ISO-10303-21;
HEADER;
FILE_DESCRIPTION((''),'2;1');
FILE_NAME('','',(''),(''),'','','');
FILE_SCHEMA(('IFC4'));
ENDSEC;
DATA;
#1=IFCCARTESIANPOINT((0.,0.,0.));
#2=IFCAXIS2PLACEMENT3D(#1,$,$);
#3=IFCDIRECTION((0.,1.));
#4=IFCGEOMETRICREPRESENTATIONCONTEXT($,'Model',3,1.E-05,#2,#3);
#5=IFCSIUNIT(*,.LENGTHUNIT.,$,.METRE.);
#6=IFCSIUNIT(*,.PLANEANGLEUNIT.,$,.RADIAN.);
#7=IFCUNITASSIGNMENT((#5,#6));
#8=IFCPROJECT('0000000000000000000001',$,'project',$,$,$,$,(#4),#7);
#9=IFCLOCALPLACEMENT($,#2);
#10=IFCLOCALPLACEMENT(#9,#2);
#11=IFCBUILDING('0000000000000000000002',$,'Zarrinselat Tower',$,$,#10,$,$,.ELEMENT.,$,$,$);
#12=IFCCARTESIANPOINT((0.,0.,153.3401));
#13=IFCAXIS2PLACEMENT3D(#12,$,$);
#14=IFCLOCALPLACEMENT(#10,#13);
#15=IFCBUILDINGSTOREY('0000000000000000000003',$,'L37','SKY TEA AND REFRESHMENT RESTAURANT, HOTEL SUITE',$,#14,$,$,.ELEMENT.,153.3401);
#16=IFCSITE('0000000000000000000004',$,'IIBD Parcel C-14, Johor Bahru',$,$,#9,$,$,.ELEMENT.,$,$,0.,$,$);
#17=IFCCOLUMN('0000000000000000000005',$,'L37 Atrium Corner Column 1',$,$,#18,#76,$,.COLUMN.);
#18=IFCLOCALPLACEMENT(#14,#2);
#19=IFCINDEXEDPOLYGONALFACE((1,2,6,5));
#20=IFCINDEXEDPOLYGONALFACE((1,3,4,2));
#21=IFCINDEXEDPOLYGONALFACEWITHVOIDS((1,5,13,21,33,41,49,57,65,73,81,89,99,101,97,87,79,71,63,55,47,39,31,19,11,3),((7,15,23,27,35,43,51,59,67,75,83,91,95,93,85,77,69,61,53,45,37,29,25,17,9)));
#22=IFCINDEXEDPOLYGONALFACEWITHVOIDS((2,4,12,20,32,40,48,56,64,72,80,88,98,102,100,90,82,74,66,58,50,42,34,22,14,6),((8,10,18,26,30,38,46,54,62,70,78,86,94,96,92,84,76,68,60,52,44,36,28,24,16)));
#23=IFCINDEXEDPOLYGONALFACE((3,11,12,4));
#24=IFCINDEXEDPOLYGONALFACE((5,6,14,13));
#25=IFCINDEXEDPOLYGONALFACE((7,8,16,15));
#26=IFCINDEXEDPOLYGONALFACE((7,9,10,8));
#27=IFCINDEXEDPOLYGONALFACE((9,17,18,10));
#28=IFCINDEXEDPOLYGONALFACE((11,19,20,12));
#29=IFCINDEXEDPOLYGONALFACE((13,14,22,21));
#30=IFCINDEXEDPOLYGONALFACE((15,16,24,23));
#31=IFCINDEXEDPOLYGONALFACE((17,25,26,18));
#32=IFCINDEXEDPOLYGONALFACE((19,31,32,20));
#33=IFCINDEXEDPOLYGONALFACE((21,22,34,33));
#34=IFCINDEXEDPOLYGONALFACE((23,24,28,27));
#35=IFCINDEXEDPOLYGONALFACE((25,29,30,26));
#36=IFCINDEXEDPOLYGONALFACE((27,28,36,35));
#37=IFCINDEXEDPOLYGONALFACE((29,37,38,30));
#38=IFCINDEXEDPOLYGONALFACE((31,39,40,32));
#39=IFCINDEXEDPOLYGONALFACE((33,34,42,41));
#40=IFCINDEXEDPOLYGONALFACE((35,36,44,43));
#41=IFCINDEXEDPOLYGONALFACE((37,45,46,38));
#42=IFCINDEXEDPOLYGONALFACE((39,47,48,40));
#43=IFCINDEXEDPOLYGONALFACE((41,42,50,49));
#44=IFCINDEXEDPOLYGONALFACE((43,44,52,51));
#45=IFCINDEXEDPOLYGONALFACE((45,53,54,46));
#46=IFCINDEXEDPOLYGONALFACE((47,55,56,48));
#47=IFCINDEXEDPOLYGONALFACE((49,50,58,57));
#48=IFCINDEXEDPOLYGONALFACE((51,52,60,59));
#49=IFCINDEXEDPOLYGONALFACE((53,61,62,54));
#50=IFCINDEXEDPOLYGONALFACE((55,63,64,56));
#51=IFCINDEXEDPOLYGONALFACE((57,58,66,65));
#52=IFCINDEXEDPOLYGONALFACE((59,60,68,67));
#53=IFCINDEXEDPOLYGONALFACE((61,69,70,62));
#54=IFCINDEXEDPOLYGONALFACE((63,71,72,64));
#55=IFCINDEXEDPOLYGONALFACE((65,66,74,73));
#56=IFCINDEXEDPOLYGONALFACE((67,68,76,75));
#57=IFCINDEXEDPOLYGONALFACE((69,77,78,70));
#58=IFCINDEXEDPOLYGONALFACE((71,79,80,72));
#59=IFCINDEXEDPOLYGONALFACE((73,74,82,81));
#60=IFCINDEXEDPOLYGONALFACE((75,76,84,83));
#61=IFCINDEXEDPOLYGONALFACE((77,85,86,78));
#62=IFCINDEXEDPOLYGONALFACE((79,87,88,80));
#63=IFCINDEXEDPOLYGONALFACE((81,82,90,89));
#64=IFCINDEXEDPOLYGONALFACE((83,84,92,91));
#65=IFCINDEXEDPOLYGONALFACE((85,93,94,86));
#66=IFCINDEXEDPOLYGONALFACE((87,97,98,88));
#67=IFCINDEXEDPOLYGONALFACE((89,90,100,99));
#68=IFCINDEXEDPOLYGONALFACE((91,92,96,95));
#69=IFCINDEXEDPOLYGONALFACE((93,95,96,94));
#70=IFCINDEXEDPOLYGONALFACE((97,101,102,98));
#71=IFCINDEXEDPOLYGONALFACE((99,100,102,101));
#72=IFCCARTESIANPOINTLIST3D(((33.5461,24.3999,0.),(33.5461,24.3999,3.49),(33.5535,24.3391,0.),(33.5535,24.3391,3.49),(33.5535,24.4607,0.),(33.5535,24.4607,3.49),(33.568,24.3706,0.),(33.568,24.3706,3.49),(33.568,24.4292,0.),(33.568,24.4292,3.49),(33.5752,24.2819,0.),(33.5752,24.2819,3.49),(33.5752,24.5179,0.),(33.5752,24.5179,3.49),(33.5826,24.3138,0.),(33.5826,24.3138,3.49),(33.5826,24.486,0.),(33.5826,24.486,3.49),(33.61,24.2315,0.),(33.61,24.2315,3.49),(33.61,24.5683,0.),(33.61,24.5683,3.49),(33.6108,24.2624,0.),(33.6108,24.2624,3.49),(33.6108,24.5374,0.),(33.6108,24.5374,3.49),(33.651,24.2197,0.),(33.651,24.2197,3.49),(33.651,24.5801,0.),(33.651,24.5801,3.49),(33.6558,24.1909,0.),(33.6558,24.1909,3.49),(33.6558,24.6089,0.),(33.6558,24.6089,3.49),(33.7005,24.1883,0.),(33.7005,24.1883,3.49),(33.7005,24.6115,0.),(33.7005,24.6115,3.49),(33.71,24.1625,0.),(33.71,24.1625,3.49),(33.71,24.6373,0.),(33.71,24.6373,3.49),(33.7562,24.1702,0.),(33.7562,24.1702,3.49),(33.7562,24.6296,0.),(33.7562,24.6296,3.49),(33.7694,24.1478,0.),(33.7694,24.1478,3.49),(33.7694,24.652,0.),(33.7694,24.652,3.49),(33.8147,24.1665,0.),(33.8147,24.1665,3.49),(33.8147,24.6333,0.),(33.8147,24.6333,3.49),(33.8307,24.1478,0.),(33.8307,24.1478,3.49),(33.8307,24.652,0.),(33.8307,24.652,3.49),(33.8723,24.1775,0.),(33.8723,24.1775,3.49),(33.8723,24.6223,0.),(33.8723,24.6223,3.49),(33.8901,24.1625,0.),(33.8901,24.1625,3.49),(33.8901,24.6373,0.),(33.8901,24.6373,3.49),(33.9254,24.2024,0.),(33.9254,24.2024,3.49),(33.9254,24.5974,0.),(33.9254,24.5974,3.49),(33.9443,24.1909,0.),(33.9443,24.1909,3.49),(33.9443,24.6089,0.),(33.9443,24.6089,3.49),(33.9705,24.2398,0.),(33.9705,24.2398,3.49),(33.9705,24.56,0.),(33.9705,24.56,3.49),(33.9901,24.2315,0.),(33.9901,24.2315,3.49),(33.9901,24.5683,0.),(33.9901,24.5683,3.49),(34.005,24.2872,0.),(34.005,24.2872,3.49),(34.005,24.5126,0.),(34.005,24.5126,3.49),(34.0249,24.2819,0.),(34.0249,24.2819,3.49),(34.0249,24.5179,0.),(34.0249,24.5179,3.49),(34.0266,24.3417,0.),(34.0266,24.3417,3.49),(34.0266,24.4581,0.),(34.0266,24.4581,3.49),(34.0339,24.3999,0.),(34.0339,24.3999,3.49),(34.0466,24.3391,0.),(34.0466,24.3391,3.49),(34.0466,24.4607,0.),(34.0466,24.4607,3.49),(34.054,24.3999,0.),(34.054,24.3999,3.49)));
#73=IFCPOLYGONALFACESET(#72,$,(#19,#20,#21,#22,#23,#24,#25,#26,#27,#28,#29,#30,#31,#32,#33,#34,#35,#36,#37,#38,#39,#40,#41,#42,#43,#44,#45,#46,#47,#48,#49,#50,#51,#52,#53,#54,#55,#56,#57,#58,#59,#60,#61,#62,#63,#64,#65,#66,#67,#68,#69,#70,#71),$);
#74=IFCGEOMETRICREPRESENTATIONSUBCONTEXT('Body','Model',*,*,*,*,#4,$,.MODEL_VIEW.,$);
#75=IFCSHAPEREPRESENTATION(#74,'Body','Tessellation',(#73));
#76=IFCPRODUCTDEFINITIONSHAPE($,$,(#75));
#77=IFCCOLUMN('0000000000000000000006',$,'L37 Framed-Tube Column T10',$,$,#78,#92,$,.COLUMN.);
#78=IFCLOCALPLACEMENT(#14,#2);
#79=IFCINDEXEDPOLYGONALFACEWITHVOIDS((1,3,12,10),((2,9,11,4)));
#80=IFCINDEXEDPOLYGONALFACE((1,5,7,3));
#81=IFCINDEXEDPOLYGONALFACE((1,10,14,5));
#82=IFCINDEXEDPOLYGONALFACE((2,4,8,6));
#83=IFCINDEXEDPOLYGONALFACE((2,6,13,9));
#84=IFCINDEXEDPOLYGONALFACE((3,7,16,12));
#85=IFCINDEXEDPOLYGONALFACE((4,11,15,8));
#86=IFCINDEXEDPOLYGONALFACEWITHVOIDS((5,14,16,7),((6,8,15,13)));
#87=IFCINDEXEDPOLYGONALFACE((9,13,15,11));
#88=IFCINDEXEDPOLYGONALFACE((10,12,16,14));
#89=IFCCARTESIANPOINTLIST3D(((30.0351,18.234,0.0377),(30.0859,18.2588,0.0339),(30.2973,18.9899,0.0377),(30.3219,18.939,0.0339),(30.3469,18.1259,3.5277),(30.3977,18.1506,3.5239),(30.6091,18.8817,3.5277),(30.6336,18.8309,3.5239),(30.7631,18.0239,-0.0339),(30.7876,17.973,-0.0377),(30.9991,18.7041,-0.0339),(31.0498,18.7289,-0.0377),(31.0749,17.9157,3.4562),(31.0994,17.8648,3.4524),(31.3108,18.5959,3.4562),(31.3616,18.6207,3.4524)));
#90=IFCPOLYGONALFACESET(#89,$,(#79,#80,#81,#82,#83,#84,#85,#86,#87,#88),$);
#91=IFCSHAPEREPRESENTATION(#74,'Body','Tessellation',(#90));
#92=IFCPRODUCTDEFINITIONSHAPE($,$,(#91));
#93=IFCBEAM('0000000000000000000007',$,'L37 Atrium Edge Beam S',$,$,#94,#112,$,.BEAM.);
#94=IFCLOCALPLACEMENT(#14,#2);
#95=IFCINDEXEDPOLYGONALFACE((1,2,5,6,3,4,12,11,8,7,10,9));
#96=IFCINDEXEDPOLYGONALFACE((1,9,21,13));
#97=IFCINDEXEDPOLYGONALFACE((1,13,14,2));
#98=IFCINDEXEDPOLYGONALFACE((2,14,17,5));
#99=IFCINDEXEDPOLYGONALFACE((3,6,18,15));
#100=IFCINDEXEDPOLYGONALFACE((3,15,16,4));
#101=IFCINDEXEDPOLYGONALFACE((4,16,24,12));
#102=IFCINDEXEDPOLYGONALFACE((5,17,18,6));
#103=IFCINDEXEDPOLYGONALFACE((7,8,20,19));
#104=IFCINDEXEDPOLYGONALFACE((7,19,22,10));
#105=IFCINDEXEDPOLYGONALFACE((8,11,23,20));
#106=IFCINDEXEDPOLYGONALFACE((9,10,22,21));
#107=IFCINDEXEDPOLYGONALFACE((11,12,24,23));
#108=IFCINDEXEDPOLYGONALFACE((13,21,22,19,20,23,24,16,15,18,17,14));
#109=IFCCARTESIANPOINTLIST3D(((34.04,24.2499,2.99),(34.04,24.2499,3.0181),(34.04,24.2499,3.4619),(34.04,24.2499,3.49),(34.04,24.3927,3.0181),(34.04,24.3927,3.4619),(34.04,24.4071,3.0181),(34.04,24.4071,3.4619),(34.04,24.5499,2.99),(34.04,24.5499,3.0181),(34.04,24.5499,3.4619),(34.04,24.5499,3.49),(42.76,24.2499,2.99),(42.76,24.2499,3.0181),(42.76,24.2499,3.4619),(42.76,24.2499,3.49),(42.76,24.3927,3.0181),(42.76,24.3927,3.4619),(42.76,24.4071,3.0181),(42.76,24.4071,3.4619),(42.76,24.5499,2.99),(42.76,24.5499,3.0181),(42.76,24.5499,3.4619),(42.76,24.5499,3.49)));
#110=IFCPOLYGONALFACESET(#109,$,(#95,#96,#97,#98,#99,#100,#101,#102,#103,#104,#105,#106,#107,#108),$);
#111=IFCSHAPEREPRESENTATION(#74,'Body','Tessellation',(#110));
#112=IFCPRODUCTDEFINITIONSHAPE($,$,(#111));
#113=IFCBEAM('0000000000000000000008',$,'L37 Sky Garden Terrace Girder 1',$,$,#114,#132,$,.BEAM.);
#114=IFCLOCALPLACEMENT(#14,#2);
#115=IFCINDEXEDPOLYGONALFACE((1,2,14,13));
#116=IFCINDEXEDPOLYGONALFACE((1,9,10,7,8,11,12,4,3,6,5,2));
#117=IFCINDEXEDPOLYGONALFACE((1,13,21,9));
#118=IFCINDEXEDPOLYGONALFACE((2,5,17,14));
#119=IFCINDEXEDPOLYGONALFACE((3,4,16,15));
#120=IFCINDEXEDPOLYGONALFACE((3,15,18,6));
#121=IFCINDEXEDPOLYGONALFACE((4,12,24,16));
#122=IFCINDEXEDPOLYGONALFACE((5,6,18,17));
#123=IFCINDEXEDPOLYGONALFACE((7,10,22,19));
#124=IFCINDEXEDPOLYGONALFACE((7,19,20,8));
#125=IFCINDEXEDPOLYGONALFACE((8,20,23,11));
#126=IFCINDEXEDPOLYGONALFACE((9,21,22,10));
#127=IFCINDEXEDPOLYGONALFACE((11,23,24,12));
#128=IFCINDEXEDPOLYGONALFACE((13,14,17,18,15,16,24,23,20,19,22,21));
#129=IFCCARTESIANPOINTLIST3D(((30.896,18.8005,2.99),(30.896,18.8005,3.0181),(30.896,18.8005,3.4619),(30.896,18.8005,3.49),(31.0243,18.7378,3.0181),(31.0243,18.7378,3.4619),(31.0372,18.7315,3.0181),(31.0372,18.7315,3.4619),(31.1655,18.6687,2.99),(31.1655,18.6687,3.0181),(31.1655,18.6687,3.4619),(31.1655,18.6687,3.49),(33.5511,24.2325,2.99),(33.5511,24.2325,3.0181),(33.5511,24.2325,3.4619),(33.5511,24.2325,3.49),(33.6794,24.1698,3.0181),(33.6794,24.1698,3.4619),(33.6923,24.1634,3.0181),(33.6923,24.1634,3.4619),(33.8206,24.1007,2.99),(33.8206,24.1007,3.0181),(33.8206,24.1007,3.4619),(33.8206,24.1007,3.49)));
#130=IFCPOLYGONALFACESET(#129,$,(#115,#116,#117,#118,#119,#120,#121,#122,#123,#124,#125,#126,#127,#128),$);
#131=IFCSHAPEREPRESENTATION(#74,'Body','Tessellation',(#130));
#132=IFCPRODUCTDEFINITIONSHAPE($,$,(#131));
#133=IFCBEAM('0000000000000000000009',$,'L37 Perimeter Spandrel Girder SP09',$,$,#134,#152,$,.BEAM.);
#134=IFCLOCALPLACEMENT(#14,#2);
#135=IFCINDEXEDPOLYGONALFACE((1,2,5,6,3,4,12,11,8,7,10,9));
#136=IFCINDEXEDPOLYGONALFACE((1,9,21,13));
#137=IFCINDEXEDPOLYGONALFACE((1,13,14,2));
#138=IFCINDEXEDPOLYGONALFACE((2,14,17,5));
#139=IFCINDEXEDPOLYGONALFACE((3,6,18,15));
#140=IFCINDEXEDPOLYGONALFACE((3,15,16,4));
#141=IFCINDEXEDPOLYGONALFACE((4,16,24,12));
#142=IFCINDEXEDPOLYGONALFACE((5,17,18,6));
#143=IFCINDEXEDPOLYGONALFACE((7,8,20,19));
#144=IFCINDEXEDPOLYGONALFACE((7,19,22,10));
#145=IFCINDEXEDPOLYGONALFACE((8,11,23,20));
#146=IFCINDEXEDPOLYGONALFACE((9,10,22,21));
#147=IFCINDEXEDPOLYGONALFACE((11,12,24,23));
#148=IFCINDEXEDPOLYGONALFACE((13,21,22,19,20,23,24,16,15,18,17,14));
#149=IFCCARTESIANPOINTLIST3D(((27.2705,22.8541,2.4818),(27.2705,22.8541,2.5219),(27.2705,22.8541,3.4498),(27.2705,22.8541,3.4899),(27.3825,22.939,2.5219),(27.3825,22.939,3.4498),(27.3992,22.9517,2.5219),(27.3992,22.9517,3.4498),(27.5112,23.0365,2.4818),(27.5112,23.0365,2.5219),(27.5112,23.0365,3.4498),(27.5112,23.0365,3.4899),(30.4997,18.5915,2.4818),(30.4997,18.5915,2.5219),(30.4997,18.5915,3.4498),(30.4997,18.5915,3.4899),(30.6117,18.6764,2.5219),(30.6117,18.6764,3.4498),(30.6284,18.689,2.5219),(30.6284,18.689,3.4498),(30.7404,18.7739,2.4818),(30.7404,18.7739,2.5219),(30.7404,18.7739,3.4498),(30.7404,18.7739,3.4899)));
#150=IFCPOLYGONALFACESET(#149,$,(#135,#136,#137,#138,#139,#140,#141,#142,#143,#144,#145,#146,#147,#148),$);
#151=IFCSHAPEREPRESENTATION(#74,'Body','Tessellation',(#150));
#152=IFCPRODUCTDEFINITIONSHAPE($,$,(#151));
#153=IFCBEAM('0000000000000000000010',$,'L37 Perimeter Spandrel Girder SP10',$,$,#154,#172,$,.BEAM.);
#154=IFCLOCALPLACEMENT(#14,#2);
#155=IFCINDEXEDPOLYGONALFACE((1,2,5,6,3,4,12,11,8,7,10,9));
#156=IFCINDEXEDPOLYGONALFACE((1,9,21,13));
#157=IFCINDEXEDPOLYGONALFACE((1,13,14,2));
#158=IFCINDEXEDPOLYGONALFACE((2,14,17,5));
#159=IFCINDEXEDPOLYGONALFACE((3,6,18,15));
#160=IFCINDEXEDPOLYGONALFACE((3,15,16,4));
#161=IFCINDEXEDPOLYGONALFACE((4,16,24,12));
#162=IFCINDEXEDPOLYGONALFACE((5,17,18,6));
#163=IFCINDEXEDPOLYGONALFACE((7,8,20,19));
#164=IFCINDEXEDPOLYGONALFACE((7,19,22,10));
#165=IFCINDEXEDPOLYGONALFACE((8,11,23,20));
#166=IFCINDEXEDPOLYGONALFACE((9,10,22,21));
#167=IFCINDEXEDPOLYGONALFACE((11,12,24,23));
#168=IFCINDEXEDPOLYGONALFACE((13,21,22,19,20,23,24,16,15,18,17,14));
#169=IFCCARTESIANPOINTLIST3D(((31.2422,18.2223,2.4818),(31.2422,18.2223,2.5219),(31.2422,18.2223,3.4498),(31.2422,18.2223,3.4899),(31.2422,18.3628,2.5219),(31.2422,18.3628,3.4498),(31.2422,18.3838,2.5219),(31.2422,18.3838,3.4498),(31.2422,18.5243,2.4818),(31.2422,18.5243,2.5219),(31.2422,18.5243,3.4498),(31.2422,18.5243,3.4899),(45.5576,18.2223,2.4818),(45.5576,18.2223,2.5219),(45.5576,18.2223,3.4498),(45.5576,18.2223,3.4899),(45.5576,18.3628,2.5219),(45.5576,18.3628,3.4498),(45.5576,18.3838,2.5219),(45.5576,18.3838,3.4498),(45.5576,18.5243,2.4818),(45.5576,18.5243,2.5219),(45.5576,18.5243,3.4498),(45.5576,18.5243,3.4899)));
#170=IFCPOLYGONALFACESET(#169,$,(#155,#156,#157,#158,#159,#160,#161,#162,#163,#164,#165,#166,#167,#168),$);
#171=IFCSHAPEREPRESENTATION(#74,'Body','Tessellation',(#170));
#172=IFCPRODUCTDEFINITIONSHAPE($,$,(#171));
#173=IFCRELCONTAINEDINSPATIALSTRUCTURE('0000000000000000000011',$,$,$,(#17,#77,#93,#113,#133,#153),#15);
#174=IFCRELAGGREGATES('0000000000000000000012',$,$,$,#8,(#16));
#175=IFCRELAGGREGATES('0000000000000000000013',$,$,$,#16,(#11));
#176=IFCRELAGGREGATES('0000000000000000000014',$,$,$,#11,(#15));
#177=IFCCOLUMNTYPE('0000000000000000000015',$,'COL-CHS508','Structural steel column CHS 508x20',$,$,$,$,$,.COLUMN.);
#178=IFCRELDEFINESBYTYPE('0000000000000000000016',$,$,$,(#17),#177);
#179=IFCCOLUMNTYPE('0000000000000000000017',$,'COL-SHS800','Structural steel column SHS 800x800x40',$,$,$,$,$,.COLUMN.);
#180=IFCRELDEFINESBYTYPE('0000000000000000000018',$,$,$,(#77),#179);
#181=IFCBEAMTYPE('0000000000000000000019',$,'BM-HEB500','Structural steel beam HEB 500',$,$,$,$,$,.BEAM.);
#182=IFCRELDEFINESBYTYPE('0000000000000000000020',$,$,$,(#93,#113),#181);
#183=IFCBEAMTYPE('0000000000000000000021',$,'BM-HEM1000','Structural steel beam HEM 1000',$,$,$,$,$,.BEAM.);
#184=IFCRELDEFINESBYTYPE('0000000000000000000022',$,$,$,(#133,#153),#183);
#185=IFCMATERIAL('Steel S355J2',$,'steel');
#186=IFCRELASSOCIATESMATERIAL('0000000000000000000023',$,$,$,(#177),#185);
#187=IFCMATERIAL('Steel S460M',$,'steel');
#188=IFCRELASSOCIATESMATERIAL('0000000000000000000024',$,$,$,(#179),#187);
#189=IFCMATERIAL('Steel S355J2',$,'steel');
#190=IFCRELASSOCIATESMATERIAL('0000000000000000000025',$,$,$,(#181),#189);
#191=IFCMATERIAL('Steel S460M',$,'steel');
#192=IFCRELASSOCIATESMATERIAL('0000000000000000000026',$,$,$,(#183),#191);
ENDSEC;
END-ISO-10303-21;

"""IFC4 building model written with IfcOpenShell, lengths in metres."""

from ifc_helpers import new_model, si_unit, direction, frame, origin, origin_2d, place, context, subcontext, project, spatial, hollow_rectangle, hollow_circle, i_section, extrude, material, material_profile, profile_set, type_object, element, save


model = new_model("IFC4")

# Units and contexts
model_context = context("Model", 3, precision=1e-05, world=origin(), true_north=direction((0.0, 1.0)))
body_context = subcontext(model_context, "Body", "Model", "MODEL_VIEW")
ifc_project = project(units=[si_unit("LENGTHUNIT", "METRE"), si_unit("PLANEANGLEUNIT", "RADIAN")], contexts=[model_context])

# Site, building, storey
site_placement = place(None, origin())
site = spatial("IfcSite", under=ifc_project, at=site_placement, Name="IIBD Parcel C-14, Johor Bahru", CompositionType="ELEMENT", RefElevation=0.0)
building_placement = place(site_placement, origin())
building = spatial("IfcBuilding", under=site, at=building_placement, Name="Zarrinselat Tower", CompositionType="ELEMENT")
storey_placement = place(building_placement, frame((0.0, 0.0, 153.3401)))
storey = spatial("IfcBuildingStorey", under=building, at=storey_placement, Name="L37", Description="SKY TEA AND REFRESHMENT RESTAURANT, HOTEL SUITE", CompositionType="ELEMENT", Elevation=153.3401)

# Columns
ifc_material_1 = material(Name="Steel S355J2", Category="steel")
ifc_material_profile_1 = material_profile(ifc_material_1, hollow_circle(Radius=0.2539, WallThickness=0.02, at=origin_2d()), Name="CHS 508x20")
ifc_profile_set_1 = profile_set([ifc_material_profile_1], Name="Steel S355J2")
column_type_1 = type_object("IfcColumnType", Name="COL-CHS508", Description="Structural steel column CHS 508x20", PredefinedType="COLUMN", material=ifc_profile_set_1)
column_1_placement = place(storey_placement, frame((33.8, 24.3999, 0.0), z_axis=(0.0, 0.0, 1.0), x_axis=(1.0, 0.0, 0.0)))
element("IfcColumn", 1, at=column_1_placement, inside=storey, type_object=column_type_1, Name="L37 Atrium Corner Column 1", PredefinedType="COLUMN", context=body_context, shape_type="SweptSolid", body=[
    extrude(hollow_circle(Radius=0.2539, WallThickness=0.02, at=origin_2d()), origin(), (0.0, 0.0, 1.0), 3.49),
])
ifc_material_2 = material(Name="Steel S460M", Category="steel")
ifc_material_profile_2 = material_profile(ifc_material_2, hollow_rectangle(XDim=0.8, YDim=0.8, WallThickness=0.04, at=origin_2d()), Name="SHS 800x800x40")
ifc_profile_set_2 = profile_set([ifc_material_profile_2], Name="Steel S460M")
column_type_2 = type_object("IfcColumnType", Name="COL-SHS800", Description="Structural steel column SHS 800x800x40", PredefinedType="COLUMN", material=ifc_profile_set_2)
column_2_placement = place(storey_placement, frame((30.5425, 18.4814, 0.0), z_axis=(0.088935, -0.030852, 0.995559), x_axis=(0.327746, 0.944766, 0.0)))
element("IfcColumn", 2, at=column_2_placement, inside=storey, type_object=column_type_2, Name="L37 Framed-Tube Column T10", PredefinedType="COLUMN", context=body_context, shape_type="SweptSolid", body=[
    extrude(hollow_rectangle(XDim=0.8, YDim=0.8, WallThickness=0.04, at=origin_2d()), origin(), (0.0, 0.0, 1.0), 3.5056),
])

# Beams
ifc_material_3 = material(Name="Steel S355J2", Category="steel")
ifc_material_profile_3 = material_profile(ifc_material_3, i_section(OverallWidth=0.3, OverallDepth=0.5, WebThickness=0.0144, FlangeThickness=0.0281, at=origin_2d()), Name="HEB 500")
ifc_profile_set_3 = profile_set([ifc_material_profile_3], Name="Steel S355J2")
beam_type_1 = type_object("IfcBeamType", Name="BM-HEB500", Description="Structural steel beam HEB 500", PredefinedType="BEAM", material=ifc_profile_set_3)
beam_1_placement = place(storey_placement, frame((34.04, 24.3999, 3.24), z_axis=(1.0, 0.0, 0.0), x_axis=(0.0, 1.0, 0.0)))
element("IfcBeam", 3, at=beam_1_placement, inside=storey, type_object=beam_type_1, Name="L37 Atrium Edge Beam S", PredefinedType="BEAM", context=body_context, shape_type="SweptSolid", body=[
    extrude(i_section(OverallWidth=0.3, OverallDepth=0.5, WebThickness=0.0144, FlangeThickness=0.0281, at=origin_2d()), origin(), (0.0, 0.0, 1.0), 8.72),
])
beam_2_placement = place(storey_placement, frame((31.0308, 18.7346, 3.24), z_axis=(0.439136, 0.898421, 0.0), x_axis=(-0.898421, 0.439136, 0.0)))
element("IfcBeam", 4, at=beam_2_placement, inside=storey, type_object=beam_type_1, Name="L37 Sky Garden Terrace Girder 1", PredefinedType="BEAM", context=body_context, shape_type="SweptSolid", body=[
    extrude(i_section(OverallWidth=0.3, OverallDepth=0.5, WebThickness=0.0144, FlangeThickness=0.0281, at=origin_2d()), origin(), (0.0, 0.0, 1.0), 6.0461),
])
ifc_material_4 = material(Name="Steel S460M", Category="steel")
ifc_material_profile_4 = material_profile(ifc_material_4, i_section(OverallWidth=0.302, OverallDepth=1.0081, WebThickness=0.021, FlangeThickness=0.04, at=origin_2d()), Name="HEM 1000")
ifc_profile_set_4 = profile_set([ifc_material_profile_4], Name="Steel S460M")
beam_type_2 = type_object("IfcBeamType", Name="BM-HEM1000", Description="Structural steel beam HEM 1000", PredefinedType="BEAM", material=ifc_profile_set_4)
beam_3_placement = place(storey_placement, frame((27.3909, 22.9453, 2.9858), z_axis=(0.60385, -0.797098, 0.0), x_axis=(0.797098, 0.60385, 0.0)))
element("IfcBeam", 5, at=beam_3_placement, inside=storey, type_object=beam_type_2, Name="L37 Perimeter Spandrel Girder SP09", PredefinedType="BEAM", context=body_context, shape_type="SweptSolid", body=[
    extrude(i_section(OverallWidth=0.302, OverallDepth=1.0081, WebThickness=0.021, FlangeThickness=0.04, at=origin_2d()), origin(), (0.0, 0.0, 1.0), 5.3477),
])
beam_4_placement = place(storey_placement, frame((31.2422, 18.3733, 2.9858), z_axis=(1.0, 0.0, 0.0), x_axis=(0.0, 1.0, 0.0)))
element("IfcBeam", 6, at=beam_4_placement, inside=storey, type_object=beam_type_2, Name="L37 Perimeter Spandrel Girder SP10", PredefinedType="BEAM", context=body_context, shape_type="SweptSolid", body=[
    extrude(i_section(OverallWidth=0.302, OverallDepth=1.0081, WebThickness=0.021, FlangeThickness=0.04, at=origin_2d()), origin(), (0.0, 0.0, 1.0), 14.3154),
])

save(model, "model.ifc")
